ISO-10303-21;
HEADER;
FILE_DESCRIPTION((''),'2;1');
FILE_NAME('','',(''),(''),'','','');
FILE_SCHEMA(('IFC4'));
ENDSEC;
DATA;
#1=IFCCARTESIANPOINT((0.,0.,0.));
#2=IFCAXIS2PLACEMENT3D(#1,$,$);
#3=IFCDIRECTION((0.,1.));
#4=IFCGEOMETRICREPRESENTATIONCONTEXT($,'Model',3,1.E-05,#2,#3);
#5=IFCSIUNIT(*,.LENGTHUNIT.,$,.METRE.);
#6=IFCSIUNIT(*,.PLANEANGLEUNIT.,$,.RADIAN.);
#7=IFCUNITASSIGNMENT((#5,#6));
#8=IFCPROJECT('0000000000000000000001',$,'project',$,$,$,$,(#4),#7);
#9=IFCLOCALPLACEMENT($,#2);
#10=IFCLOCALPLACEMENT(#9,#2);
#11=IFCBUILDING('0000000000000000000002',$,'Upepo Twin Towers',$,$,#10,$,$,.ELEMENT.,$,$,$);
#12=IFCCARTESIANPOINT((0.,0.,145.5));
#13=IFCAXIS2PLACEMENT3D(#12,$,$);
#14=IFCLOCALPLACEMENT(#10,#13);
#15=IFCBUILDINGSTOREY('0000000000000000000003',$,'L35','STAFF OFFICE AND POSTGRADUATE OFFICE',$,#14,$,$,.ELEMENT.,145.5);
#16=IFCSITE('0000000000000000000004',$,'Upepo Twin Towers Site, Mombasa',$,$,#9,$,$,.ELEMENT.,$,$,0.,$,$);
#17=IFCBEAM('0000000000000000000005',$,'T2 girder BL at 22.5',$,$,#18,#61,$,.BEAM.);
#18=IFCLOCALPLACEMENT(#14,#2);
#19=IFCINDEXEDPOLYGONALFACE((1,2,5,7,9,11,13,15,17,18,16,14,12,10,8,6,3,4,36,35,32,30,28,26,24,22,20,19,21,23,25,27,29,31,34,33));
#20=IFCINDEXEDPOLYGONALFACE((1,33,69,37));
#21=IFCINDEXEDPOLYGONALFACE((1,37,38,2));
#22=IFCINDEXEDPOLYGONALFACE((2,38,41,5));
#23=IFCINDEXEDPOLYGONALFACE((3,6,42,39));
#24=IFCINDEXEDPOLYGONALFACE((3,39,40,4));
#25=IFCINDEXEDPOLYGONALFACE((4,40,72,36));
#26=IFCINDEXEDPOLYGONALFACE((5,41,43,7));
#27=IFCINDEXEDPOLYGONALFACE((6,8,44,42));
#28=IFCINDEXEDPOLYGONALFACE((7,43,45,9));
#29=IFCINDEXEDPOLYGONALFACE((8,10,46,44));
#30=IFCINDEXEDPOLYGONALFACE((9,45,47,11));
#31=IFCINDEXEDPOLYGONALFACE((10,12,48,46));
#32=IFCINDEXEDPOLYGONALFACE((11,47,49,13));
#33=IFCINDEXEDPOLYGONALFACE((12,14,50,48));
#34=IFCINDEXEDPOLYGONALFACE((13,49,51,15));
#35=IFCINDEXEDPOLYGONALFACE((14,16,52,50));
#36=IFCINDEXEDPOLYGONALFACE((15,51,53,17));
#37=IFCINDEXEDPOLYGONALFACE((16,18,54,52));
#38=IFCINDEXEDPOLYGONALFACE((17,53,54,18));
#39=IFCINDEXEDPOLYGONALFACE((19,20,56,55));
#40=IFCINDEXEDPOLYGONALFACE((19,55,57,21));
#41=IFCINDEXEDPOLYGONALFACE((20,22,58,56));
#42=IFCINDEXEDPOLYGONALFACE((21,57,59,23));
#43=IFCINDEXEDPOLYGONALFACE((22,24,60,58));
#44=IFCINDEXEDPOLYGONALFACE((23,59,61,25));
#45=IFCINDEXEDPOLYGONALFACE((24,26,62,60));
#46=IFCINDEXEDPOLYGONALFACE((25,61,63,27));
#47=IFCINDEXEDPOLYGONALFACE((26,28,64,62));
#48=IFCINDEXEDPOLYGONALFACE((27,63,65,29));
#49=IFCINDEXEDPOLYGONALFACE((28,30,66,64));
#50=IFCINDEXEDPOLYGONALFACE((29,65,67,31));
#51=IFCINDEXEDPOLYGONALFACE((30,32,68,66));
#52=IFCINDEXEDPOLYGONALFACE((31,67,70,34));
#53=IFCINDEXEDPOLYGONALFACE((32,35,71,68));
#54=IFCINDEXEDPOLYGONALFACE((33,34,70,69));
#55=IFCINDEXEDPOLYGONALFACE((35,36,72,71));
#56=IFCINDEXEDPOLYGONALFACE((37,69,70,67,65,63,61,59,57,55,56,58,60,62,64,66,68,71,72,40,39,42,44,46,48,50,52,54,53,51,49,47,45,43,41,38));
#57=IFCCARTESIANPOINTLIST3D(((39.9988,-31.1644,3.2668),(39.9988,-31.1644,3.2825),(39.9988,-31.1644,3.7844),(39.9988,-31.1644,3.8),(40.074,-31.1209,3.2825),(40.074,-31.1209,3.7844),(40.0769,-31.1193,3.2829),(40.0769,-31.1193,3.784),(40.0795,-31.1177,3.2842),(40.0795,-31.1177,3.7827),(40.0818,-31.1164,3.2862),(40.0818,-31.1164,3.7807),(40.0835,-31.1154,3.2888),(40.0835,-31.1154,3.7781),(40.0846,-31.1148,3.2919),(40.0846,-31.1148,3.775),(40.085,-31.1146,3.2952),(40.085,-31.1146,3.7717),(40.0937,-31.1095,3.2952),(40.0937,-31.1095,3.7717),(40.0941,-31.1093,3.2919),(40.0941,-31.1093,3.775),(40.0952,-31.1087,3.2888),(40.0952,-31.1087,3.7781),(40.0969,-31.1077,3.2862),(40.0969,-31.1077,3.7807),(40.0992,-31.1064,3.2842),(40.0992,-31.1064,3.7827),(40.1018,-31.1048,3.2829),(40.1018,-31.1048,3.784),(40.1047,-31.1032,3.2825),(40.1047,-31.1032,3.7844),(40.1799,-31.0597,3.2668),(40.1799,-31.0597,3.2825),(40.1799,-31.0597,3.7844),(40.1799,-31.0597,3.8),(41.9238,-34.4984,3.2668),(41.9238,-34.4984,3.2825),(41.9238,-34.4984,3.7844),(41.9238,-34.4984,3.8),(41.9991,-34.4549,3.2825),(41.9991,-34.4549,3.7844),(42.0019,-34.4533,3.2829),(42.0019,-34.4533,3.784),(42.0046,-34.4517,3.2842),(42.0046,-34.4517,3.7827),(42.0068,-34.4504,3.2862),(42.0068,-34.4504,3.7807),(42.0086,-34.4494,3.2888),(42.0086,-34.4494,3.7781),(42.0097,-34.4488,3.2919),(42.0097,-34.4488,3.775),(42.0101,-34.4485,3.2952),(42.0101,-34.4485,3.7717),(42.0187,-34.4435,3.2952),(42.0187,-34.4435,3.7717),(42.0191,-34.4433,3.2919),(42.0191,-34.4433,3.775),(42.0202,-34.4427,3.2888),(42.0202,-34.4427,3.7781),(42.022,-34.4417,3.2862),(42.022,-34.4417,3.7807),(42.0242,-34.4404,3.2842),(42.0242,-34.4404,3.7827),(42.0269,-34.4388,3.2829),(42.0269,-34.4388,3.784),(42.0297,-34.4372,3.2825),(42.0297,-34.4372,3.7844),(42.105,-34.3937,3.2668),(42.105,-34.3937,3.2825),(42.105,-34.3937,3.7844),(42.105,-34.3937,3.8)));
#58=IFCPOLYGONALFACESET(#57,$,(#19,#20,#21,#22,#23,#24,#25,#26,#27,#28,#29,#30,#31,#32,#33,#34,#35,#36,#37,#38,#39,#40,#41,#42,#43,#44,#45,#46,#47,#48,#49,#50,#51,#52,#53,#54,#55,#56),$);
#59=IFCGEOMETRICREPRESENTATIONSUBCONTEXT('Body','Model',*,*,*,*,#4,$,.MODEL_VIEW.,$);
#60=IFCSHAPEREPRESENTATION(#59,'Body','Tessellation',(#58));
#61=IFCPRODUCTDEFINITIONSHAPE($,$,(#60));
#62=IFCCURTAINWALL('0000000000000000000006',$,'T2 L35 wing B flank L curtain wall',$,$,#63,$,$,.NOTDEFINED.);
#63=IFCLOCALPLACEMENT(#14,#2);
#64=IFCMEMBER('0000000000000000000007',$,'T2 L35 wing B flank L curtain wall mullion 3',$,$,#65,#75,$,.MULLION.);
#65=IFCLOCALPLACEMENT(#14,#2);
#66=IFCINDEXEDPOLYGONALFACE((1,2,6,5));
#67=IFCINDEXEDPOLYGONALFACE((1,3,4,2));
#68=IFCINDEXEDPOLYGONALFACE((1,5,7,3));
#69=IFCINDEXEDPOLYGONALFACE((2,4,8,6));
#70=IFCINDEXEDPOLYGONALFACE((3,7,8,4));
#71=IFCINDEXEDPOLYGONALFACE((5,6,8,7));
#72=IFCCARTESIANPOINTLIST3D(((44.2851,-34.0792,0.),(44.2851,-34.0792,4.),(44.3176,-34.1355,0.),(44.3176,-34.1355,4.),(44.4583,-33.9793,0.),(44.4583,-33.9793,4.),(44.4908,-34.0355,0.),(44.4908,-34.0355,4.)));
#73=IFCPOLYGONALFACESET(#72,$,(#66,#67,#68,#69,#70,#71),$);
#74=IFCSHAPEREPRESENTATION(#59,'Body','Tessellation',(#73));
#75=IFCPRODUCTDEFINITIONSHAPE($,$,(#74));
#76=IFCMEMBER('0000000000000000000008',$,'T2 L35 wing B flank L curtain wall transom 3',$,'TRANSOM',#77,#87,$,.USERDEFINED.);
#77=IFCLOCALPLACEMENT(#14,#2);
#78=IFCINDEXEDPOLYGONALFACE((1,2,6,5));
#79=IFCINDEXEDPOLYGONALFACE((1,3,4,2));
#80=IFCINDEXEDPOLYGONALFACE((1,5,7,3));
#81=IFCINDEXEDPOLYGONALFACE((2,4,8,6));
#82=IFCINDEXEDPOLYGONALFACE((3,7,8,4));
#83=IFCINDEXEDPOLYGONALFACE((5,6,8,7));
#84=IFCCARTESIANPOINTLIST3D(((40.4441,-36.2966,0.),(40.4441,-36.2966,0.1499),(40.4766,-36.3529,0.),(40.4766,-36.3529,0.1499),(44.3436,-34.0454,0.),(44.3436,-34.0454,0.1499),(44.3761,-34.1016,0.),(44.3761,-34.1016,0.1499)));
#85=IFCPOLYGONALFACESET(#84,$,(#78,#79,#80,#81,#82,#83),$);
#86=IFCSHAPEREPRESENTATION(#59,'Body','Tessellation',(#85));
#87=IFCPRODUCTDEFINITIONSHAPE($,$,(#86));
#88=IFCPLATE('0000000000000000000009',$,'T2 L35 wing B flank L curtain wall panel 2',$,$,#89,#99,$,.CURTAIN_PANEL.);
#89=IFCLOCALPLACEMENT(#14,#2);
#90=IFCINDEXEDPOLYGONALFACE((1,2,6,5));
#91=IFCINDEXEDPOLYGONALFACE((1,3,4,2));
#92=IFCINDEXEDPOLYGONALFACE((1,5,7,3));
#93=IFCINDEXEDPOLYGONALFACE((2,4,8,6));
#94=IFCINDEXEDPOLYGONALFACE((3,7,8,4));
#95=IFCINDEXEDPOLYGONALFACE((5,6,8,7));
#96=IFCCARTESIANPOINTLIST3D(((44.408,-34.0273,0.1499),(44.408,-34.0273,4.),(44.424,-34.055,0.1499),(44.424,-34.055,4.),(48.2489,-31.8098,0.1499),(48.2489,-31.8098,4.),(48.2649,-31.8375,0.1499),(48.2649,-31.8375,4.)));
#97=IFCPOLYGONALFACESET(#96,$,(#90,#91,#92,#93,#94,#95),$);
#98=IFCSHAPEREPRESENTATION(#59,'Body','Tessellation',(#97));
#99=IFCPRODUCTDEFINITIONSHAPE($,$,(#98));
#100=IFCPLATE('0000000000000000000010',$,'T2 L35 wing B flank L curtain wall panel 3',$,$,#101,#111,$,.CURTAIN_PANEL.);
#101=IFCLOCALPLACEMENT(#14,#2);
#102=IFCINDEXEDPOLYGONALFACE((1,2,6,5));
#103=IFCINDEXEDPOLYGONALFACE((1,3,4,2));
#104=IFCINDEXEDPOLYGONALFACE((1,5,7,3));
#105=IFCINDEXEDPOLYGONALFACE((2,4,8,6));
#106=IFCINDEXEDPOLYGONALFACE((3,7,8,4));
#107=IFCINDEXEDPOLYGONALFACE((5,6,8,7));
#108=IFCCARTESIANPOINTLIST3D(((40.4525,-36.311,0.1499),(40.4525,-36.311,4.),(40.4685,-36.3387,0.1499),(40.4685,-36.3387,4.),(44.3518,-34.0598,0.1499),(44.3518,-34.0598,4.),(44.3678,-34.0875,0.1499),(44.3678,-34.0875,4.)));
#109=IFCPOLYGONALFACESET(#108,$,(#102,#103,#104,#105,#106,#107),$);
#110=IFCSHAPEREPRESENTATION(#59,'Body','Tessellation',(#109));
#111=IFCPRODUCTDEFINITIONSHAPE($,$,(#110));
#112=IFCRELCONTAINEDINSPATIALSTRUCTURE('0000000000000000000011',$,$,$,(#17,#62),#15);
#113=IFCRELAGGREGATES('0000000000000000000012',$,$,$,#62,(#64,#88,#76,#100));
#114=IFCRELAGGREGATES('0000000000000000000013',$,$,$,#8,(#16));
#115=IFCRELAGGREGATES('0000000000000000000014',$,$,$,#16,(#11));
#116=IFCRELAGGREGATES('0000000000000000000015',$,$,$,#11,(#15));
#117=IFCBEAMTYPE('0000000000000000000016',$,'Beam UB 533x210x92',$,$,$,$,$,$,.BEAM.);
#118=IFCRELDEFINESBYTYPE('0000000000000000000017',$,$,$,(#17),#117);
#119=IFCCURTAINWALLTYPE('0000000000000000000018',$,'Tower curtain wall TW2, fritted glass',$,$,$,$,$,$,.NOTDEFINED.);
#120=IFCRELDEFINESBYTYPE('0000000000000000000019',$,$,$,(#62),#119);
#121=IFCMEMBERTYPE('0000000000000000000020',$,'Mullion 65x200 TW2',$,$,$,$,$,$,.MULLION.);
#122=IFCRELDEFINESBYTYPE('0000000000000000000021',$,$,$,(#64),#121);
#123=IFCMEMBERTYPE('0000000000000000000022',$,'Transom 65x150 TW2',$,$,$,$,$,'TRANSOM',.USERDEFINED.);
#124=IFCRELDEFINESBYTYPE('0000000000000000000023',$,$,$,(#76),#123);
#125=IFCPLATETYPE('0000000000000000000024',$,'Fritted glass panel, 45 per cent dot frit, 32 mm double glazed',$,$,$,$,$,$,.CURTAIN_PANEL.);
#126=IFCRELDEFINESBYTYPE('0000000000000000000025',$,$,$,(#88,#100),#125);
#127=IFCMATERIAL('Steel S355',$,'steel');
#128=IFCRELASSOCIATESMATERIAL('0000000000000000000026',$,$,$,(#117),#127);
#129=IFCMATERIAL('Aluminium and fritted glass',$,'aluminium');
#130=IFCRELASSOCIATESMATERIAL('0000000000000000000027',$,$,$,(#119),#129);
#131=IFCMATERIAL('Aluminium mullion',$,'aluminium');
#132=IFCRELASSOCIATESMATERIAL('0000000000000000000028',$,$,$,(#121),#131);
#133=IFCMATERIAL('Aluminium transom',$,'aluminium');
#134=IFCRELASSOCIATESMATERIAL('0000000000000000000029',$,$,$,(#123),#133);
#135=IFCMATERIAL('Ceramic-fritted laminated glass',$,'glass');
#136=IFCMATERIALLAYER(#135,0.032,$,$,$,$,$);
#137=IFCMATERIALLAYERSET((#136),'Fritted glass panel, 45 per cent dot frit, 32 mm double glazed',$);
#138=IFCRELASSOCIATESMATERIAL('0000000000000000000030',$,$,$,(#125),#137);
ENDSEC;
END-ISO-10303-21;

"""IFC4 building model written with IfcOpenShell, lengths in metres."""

from ifc_helpers import new_model, si_unit, direction, frame, origin, origin_2d, place, context, subcontext, project, spatial, rectangle, i_section, extrude, material, layer, layer_set, material_profile, profile_set, type_object, element, aggregate, save


model = new_model("IFC4")

# Units and contexts
model_context = context("Model", 3, precision=1e-05, world=origin(), true_north=direction((0.0, 1.0)))
body_context = subcontext(model_context, "Body", "Model", "MODEL_VIEW")
ifc_project = project(units=[si_unit("LENGTHUNIT", "METRE"), si_unit("PLANEANGLEUNIT", "RADIAN")], contexts=[model_context])

# Site, building, storey
site_placement = place(None, origin())
site = spatial("IfcSite", under=ifc_project, at=site_placement, Name="Upepo Twin Towers Site, Mombasa", CompositionType="ELEMENT", RefElevation=0.0)
building_placement = place(site_placement, origin())
building = spatial("IfcBuilding", under=site, at=building_placement, Name="Upepo Twin Towers", CompositionType="ELEMENT")
storey_placement = place(building_placement, frame((0.0, 0.0, 145.5)))
storey = spatial("IfcBuildingStorey", under=building, at=storey_placement, Name="L35", Description="STAFF OFFICE AND POSTGRADUATE OFFICE", CompositionType="ELEMENT", Elevation=145.5)

# Beam
ifc_material_1 = material(Name="Steel S355", Category="steel")
ifc_material_profile_1 = material_profile(ifc_material_1, i_section(OverallWidth=0.2092, OverallDepth=0.5332, WebThickness=0.01, FlangeThickness=0.0156, FilletRadius=0.0127, at=origin_2d()), Name="UB 533x210x92")
ifc_profile_set_1 = profile_set([ifc_material_profile_1], Name="Steel S355")
beam_type_1 = type_object("IfcBeamType", Name="Beam UB 533x210x92", PredefinedType="BEAM", material=ifc_profile_set_1)
for number, where, z_axis, x_axis, name in (
    (1, (42.0144, -34.446, 3.5334), (-0.500034, 0.866006, 0.0), (-0.866006, -0.500034, 0.0), "T2 girder BL at 22.5"),
):
    element("IfcBeam", number, at=place(storey_placement, frame(where, z_axis=z_axis, x_axis=x_axis)), inside=storey, type_object=beam_type_1, Name=name, PredefinedType="BEAM", context=body_context, shape_type="SweptSolid", body=[
        extrude(i_section(OverallWidth=0.2092, OverallDepth=0.5332, WebThickness=0.01, FlangeThickness=0.0156, FilletRadius=0.0127, at=origin_2d()), origin(), (0.0, 0.0, 1.0), 3.8499),
    ])

# Curtain wall, members, plates
ifc_material_2 = material(Name="Aluminium and fritted glass", Category="aluminium")
curtain_wall_type = type_object("IfcCurtainWallType", Name="Tower curtain wall TW2, fritted glass", PredefinedType="NOTDEFINED", material=ifc_material_2)
curtain_wall_placement = place(storey_placement, origin())
curtain_wall = element("IfcCurtainWall", 2, at=curtain_wall_placement, inside=storey, type_object=curtain_wall_type, Name="T2 L35 wing B flank L curtain wall", PredefinedType="NOTDEFINED")
ifc_material_3 = material(Name="Aluminium mullion", Category="aluminium")
ifc_material_profile_2 = material_profile(ifc_material_3, rectangle(XDim=0.0649, YDim=0.2, at=origin_2d()), Name="MULLION 65x200")
ifc_profile_set_2 = profile_set([ifc_material_profile_2], Name="Aluminium mullion")
member_type_1 = type_object("IfcMemberType", Name="Mullion 65x200 TW2", PredefinedType="MULLION", material=ifc_profile_set_2)
member_1_placement = place(storey_placement, frame((44.3879, -34.0574, 0.0), z_axis=(0.0, 0.0, 1.0), x_axis=(0.5, -0.866025, 0.0)))
member_1 = element("IfcMember", 3, at=member_1_placement, type_object=member_type_1, Name="T2 L35 wing B flank L curtain wall mullion 3", PredefinedType="MULLION", context=body_context, shape_type="SweptSolid", body=[
    extrude(rectangle(XDim=0.0649, YDim=0.2, at=origin_2d()), origin(), (0.0, 0.0, 1.0), 4.0),
])
ifc_material_4 = material(Name="Aluminium transom", Category="aluminium")
ifc_material_profile_3 = material_profile(ifc_material_4, rectangle(XDim=0.0649, YDim=0.1499, at=origin_2d()), Name="TRANSOM 65x150")
ifc_profile_set_3 = profile_set([ifc_material_profile_3], Name="Aluminium transom")
member_type_2 = type_object("IfcMemberType", Name="Transom 65x150 TW2", ElementType="TRANSOM", PredefinedType="USERDEFINED", material=ifc_profile_set_3)
member_2_placement = place(storey_placement, frame((44.3599, -34.0735, 0.075), z_axis=(-0.866036, -0.499982, 0.0), x_axis=(0.499982, -0.866036, 0.0)))
member_2 = element("IfcMember", 4, at=member_2_placement, type_object=member_type_2, Name="T2 L35 wing B flank L curtain wall transom 3", ObjectType="TRANSOM", PredefinedType="USERDEFINED", context=body_context, shape_type="SweptSolid", body=[
    extrude(rectangle(XDim=0.0649, YDim=0.1499, at=origin_2d()), origin(), (0.0, 0.0, 1.0), 4.5027),
])
ifc_material_5 = material(Name="Ceramic-fritted laminated glass", Category="glass")
ifc_layer_1 = layer(ifc_material_5, 0.032)
ifc_layer_set_1 = layer_set([ifc_layer_1], Name="Fritted glass panel, 45 per cent dot frit, 32 mm double glazed")
plate_type = type_object("IfcPlateType", Name="Fritted glass panel, 45 per cent dot frit, 32 mm double glazed", PredefinedType="CURTAIN_PANEL", material=ifc_layer_set_1)
plate_1_placement = place(storey_placement, frame((46.3364, -32.9324, 0.1499), z_axis=(0.0, 0.0, 1.0), x_axis=(-0.866025, -0.5, 0.0)))
plate_1 = element("IfcPlate", 5, at=plate_1_placement, type_object=plate_type, Name="T2 L35 wing B flank L curtain wall panel 2", PredefinedType="CURTAIN_PANEL", context=body_context, shape_type="SweptSolid", body=[
    extrude(rectangle(XDim=4.4351, YDim=0.032, at=origin_2d()), origin(), (0.0, 0.0, 1.0), 3.8501),
])
plate_2_placement = place(storey_placement, frame((42.4102, -35.1992, 0.1499), z_axis=(0.0, 0.0, 1.0), x_axis=(-0.866025, -0.5, 0.0)))
plate_2 = element("IfcPlate", 6, at=plate_2_placement, type_object=plate_type, Name="T2 L35 wing B flank L curtain wall panel 3", PredefinedType="CURTAIN_PANEL", context=body_context, shape_type="SweptSolid", body=[
    extrude(rectangle(XDim=4.5024, YDim=0.032, at=origin_2d()), origin(), (0.0, 0.0, 1.0), 3.8501),
])
aggregate(curtain_wall, [member_1, plate_1, member_2, plate_2])

save(model, "model.ifc")
